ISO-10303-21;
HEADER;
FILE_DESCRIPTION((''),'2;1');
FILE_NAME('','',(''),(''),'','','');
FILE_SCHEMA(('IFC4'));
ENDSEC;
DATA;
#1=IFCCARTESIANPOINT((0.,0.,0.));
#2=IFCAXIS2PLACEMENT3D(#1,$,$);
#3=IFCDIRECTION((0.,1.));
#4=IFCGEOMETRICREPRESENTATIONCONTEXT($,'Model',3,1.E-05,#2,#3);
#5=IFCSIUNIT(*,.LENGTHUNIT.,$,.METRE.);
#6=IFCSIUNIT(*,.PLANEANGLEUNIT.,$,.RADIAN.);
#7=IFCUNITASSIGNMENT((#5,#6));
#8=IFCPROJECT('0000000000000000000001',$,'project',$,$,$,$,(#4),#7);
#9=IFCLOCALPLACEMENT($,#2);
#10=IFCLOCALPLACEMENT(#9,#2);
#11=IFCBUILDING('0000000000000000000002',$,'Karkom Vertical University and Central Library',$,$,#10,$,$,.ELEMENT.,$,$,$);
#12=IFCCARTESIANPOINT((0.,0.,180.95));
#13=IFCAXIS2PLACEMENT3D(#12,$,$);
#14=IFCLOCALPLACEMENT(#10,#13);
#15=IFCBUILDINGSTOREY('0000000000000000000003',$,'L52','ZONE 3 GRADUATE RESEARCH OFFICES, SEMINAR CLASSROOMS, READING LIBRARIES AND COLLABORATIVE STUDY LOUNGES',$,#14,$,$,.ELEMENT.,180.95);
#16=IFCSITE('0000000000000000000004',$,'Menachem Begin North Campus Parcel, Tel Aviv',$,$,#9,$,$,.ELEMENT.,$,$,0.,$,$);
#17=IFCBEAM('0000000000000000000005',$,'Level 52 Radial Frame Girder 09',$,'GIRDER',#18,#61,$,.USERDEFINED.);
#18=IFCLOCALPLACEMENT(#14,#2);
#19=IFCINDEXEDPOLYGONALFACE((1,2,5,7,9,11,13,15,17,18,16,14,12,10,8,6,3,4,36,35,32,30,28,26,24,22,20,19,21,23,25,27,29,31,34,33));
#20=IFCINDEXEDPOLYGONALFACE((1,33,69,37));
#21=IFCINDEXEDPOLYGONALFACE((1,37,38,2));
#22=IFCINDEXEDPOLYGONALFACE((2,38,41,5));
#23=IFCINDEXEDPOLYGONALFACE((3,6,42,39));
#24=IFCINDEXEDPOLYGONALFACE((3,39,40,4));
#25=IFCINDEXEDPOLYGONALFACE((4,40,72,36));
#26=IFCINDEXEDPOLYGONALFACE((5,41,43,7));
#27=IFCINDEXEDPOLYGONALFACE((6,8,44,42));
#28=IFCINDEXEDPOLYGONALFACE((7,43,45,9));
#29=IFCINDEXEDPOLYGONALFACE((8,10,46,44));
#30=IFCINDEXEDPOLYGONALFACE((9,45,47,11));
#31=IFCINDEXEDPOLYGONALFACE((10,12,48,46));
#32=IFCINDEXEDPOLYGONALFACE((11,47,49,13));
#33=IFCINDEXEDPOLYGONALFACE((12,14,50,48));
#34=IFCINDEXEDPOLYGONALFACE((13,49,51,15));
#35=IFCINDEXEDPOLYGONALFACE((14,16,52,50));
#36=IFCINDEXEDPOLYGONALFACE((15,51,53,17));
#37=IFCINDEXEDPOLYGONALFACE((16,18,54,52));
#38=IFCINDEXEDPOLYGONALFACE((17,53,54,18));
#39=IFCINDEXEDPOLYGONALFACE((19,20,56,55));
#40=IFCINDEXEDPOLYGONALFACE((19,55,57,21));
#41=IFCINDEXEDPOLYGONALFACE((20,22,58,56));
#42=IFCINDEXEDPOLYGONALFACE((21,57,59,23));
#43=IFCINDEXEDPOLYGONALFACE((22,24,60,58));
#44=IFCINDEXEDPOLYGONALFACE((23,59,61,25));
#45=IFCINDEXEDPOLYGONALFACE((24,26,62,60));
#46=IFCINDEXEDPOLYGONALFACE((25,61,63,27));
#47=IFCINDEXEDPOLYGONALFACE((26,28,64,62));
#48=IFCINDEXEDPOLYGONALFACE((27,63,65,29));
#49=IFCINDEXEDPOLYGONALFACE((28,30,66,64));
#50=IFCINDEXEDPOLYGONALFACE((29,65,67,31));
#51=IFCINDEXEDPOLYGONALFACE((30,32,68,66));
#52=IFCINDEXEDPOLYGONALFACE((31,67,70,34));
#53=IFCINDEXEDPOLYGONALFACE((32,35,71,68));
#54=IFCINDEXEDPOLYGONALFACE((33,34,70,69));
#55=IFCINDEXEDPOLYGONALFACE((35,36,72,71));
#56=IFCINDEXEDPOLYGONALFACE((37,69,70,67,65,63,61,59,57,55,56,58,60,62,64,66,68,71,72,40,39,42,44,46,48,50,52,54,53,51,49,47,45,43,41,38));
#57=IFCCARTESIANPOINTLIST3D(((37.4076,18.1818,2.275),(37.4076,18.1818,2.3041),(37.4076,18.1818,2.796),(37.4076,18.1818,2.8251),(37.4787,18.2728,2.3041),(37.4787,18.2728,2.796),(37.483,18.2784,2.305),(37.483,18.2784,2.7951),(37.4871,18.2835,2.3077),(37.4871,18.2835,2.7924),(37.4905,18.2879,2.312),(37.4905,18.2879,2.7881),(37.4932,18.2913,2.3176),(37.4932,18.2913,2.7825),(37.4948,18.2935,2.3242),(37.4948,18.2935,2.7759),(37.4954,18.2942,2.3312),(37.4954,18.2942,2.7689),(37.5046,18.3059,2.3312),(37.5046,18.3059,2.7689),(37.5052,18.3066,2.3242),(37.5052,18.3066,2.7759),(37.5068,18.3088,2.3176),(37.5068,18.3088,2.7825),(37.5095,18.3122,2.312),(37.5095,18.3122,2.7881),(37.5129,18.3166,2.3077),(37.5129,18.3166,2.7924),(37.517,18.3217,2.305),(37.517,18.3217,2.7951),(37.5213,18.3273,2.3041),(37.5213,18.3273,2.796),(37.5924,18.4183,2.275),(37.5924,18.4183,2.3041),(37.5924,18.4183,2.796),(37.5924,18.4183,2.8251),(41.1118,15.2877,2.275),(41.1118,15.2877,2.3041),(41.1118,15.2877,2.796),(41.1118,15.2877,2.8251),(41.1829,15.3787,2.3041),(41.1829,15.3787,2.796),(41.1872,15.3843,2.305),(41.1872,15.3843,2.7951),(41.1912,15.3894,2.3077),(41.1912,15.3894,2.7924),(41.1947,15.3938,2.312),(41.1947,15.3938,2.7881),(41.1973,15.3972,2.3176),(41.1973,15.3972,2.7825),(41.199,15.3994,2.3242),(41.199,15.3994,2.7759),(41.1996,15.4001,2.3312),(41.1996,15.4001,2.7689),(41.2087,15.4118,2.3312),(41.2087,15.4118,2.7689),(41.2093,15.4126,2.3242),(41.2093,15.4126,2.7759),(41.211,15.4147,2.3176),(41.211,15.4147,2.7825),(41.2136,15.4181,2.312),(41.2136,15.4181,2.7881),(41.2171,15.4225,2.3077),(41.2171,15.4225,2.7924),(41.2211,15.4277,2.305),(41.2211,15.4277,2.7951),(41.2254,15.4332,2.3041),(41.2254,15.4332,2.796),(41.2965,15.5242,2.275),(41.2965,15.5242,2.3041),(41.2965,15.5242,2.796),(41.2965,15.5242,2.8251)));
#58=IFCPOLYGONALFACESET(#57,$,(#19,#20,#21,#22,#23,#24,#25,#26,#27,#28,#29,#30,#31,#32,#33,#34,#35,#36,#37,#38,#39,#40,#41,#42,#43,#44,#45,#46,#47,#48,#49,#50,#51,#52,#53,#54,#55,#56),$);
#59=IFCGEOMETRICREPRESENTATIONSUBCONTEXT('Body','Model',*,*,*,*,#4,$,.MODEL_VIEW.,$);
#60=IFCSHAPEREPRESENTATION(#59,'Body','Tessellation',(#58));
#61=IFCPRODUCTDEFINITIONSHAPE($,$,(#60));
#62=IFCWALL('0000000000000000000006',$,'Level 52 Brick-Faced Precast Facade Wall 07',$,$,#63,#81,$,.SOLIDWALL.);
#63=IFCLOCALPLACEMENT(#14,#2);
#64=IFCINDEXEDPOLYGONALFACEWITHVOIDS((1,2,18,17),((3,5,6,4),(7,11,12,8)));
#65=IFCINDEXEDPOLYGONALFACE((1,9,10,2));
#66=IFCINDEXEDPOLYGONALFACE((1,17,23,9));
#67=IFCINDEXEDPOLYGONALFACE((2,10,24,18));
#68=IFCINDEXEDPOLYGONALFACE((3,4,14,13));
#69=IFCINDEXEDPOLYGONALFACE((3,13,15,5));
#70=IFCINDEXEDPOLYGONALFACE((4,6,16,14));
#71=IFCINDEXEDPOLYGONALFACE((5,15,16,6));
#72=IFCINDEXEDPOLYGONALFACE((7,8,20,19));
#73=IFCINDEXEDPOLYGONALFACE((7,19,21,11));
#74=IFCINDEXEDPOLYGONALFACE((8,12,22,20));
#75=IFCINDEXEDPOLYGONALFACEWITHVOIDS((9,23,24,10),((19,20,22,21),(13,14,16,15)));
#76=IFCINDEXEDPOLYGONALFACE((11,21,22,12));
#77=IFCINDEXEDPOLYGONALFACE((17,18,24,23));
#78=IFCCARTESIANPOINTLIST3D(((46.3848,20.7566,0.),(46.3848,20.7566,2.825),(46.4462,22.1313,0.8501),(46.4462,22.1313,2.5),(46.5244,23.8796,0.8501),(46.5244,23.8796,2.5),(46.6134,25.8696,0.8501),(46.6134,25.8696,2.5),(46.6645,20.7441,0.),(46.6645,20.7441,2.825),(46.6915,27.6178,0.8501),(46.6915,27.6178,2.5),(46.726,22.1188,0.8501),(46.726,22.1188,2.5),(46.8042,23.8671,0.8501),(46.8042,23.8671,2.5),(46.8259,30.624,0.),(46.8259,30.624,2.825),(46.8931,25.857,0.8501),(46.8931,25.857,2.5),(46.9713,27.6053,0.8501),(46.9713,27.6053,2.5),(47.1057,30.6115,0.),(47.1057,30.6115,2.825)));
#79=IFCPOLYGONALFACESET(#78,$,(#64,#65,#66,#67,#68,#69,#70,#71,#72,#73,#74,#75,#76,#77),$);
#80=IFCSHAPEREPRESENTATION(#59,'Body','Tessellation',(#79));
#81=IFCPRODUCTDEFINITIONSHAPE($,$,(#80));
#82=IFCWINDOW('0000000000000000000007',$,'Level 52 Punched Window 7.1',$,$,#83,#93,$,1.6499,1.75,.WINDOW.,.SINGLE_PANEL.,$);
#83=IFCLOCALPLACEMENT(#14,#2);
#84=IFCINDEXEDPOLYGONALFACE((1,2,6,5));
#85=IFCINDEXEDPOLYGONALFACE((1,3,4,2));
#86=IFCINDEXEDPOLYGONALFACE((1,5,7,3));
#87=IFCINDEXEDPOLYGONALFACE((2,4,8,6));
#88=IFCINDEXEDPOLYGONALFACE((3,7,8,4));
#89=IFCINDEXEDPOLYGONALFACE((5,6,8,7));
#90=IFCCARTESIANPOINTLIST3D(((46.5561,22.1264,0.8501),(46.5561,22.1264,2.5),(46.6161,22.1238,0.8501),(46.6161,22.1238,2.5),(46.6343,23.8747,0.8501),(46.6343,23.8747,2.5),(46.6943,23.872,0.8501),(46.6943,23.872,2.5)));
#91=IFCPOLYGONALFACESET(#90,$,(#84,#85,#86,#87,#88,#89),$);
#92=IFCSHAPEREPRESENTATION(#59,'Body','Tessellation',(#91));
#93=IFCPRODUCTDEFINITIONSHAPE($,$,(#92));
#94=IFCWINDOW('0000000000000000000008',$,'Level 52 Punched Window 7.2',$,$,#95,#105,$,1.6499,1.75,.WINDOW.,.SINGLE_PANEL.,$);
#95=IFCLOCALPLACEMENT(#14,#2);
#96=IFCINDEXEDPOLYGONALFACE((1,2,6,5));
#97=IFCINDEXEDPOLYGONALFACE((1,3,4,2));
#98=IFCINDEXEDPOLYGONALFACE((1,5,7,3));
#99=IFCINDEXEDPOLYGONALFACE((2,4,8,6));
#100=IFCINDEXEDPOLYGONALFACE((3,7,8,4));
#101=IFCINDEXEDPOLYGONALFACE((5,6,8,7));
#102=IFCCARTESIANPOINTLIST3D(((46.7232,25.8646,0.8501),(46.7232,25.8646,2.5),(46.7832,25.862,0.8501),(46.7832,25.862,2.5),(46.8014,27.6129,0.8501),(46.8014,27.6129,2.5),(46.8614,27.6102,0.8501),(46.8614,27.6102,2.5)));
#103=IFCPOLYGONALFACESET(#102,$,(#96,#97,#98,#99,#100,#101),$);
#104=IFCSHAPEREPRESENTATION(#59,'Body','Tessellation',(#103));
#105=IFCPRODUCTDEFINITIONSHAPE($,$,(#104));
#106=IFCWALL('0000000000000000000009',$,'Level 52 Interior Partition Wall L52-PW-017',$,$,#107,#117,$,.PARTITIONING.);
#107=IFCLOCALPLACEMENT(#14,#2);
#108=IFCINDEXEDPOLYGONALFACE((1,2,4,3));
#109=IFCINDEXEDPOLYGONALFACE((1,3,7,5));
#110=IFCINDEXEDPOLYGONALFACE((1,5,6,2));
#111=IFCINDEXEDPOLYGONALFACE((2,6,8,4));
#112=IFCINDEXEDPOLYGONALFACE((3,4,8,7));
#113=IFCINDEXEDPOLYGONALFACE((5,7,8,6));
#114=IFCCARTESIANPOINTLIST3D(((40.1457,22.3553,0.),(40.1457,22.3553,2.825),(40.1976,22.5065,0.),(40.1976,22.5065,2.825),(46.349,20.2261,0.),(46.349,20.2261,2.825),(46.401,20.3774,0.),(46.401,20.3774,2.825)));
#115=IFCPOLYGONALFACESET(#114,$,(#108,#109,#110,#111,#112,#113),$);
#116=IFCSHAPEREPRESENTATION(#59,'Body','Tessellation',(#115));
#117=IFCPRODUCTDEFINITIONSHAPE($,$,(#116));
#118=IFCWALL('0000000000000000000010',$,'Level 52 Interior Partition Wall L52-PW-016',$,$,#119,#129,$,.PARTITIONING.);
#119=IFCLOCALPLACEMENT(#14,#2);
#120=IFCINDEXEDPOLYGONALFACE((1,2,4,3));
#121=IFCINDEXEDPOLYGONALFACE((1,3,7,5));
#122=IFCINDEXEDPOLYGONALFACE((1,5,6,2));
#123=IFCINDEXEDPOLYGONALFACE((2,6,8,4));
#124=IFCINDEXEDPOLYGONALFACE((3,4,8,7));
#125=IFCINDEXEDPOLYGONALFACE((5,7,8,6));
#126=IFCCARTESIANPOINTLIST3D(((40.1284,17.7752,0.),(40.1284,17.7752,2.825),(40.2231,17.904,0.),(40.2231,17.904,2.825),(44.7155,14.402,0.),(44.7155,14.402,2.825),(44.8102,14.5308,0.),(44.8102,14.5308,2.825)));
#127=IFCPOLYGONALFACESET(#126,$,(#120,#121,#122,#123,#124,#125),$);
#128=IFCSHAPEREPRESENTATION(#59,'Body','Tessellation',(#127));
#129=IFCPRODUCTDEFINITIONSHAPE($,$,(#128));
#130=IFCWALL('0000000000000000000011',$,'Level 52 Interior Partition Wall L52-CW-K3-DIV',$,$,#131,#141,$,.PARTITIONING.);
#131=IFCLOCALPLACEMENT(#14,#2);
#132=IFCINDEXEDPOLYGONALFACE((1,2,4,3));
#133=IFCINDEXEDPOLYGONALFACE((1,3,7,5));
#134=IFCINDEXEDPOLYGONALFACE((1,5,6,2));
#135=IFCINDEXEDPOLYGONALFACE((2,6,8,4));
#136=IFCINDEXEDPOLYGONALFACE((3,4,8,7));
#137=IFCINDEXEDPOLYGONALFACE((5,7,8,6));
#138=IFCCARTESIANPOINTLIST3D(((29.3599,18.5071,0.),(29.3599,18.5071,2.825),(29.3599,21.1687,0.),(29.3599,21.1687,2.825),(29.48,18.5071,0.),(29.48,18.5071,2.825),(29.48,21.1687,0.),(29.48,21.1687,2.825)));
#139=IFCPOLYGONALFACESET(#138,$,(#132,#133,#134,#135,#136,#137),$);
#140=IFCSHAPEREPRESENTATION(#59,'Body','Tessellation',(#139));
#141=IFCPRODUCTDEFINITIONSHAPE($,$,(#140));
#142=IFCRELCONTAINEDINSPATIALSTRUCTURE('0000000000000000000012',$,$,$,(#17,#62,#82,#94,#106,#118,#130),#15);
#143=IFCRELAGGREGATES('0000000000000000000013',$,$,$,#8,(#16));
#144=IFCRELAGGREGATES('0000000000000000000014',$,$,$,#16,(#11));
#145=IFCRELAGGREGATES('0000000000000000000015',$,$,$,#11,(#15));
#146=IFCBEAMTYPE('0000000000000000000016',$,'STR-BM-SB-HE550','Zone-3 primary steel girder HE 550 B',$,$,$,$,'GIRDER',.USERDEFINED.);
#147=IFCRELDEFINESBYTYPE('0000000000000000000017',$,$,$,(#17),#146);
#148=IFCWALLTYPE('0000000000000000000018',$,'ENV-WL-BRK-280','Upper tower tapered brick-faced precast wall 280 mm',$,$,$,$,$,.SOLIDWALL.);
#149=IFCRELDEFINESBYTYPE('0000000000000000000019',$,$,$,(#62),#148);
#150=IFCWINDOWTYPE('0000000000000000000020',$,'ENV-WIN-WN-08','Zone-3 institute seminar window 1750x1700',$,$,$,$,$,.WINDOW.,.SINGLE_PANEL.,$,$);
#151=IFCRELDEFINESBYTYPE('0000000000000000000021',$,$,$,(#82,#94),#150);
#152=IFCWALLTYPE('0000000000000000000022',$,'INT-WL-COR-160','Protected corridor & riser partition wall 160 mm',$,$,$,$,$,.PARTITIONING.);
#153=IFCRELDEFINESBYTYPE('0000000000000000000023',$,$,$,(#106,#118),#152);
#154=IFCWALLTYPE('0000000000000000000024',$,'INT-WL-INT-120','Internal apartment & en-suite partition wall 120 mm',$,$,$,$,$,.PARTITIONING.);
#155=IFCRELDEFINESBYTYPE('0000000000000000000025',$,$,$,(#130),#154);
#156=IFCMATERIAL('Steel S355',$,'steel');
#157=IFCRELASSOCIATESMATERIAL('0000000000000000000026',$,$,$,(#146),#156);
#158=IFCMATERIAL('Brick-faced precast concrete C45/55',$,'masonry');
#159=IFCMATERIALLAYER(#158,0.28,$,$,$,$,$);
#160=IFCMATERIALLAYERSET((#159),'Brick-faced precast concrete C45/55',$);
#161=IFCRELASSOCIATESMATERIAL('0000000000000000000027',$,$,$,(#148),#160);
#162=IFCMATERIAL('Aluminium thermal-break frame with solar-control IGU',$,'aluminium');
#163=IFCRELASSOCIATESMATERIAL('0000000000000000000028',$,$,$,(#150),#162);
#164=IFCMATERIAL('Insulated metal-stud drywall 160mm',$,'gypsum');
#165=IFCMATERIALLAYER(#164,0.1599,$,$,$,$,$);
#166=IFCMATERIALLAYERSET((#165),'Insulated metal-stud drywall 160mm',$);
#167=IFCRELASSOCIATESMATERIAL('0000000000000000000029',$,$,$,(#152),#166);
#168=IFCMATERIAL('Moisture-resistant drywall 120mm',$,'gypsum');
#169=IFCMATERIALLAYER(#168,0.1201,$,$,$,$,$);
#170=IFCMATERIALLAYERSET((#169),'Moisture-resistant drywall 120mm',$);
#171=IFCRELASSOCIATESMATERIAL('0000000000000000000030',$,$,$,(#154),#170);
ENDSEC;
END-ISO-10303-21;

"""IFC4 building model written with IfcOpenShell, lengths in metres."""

from ifc_helpers import new_model, si_unit, direction, frame, frame_2d, origin, origin_with_axes, origin_2d, place, context, subcontext, project, spatial, rectangle, i_section, extrude, source, transform, mapped, material, layer, layer_set, material_profile, profile_set, type_object, element, fill, save


model = new_model("IFC4")

# Units and contexts
model_context = context("Model", 3, precision=1e-05, world=origin(), true_north=direction((0.0, 1.0)))
body_context = subcontext(model_context, "Body", "Model", "MODEL_VIEW")
ifc_project = project(units=[si_unit("LENGTHUNIT", "METRE"), si_unit("PLANEANGLEUNIT", "RADIAN")], contexts=[model_context])

# Site, building, storey
site_placement = place(None, origin())
site = spatial("IfcSite", under=ifc_project, at=site_placement, Name="Menachem Begin North Campus Parcel, Tel Aviv", CompositionType="ELEMENT", RefElevation=0.0)
building_placement = place(site_placement, origin())
building = spatial("IfcBuilding", under=site, at=building_placement, Name="Karkom Vertical University and Central Library", CompositionType="ELEMENT")
storey_placement = place(building_placement, frame((0.0, 0.0, 180.95)))
storey = spatial("IfcBuildingStorey", under=building, at=storey_placement, Name="L52", Description="ZONE 3 GRADUATE RESEARCH OFFICES, SEMINAR CLASSROOMS, READING LIBRARIES AND COLLABORATIVE STUDY LOUNGES", CompositionType="ELEMENT", Elevation=180.95)

# Beam
ifc_material_1 = material(Name="Steel S355", Category="steel")
ifc_material_profile_1 = material_profile(ifc_material_1, i_section(OverallWidth=0.3, OverallDepth=0.55, WebThickness=0.0149, FlangeThickness=0.0291, FilletRadius=0.0271, at=origin_2d()), Name="HE 550 B")
ifc_profile_set_1 = profile_set([ifc_material_profile_1], Name="Steel S355")
beam_type_1 = type_object("IfcBeamType", Name="STR-BM-SB-HE550", Description="Zone-3 primary steel girder HE 550 B", ElementType="GIRDER", PredefinedType="USERDEFINED", material=ifc_profile_set_1)
shared_shape_1 = source(origin_with_axes(), body_context, "Body", "SweptSolid", [
    extrude(i_section(OverallWidth=0.3, OverallDepth=0.55, WebThickness=0.0149, FlangeThickness=0.0291, FilletRadius=0.0271, at=origin_2d()), origin(), (0.0, 0.0, 1.0), 4.7007),
])
beam_1_placement = place(storey_placement, frame((37.5, 18.3, 2.55), z_axis=(0.788002, -0.615672, 0.0), x_axis=(0.615672, 0.788002, 0.0)))
element("IfcBeam", 1, at=beam_1_placement, inside=storey, type_object=beam_type_1, Name="Level 52 Radial Frame Girder 09", ObjectType="GIRDER", PredefinedType="USERDEFINED", context=body_context, shape_type="MappedRepresentation", body=[
    mapped(shared_shape_1, transform((0.0, 0.0, 0.0), scale=1.0)),
])

# Wall, openings, windows
ifc_material_2 = material(Name="Brick-faced precast concrete C45/55", Category="masonry")
ifc_layer_1 = layer(ifc_material_2, 0.28)
ifc_layer_set_1 = layer_set([ifc_layer_1], Name="Brick-faced precast concrete C45/55")
wall_type_1 = type_object("IfcWallType", Name="ENV-WL-BRK-280", Description="Upper tower tapered brick-faced precast wall 280 mm", PredefinedType="SOLIDWALL", material=ifc_layer_set_1)
wall_1_placement = place(storey_placement, frame((46.5247, 20.7505, 0.0), z_axis=(0.0, 0.0, 1.0), x_axis=(0.044664, 0.999002, 0.0)))
wall_1 = element("IfcWall", 2, at=wall_1_placement, inside=storey, type_object=wall_type_1, Name="Level 52 Brick-Faced Precast Facade Wall 07", PredefinedType="SOLIDWALL", context=body_context, shape_type="SweptSolid", body=[
    extrude(rectangle(XDim=9.8772, YDim=0.28, at=frame_2d((4.9385, 0.0))), origin(), (0.0, 0.0, 1.0), 2.825),
])
opening_1_placement = place(wall_1_placement, frame((1.376, 0.0, 0.8501)))
opening_1 = element("IfcOpeningElement", 3, at=opening_1_placement, cuts=wall_1, PredefinedType="OPENING", context=body_context, shape_type="SweptSolid", body=[
    extrude(rectangle(XDim=1.75, YDim=1.6499, at=frame_2d((0.875, 0.825))), frame((0.0, 0.1499, 0.0), z_axis=(0.0, -1.0, 0.0), x_axis=(1.0, 0.0, 0.0)), (0.0, 0.0, 1.0), 0.3),
])
opening_2_placement = place(wall_1_placement, frame((5.1179, 0.0, 0.8501)))
opening_2 = element("IfcOpeningElement", 4, at=opening_2_placement, cuts=wall_1, PredefinedType="OPENING", context=body_context, shape_type="SweptSolid", body=[
    extrude(rectangle(XDim=1.75, YDim=1.6499, at=frame_2d((0.875, 0.825))), frame((0.0, 0.1499, 0.0), z_axis=(0.0, -1.0, 0.0), x_axis=(1.0, 0.0, 0.0)), (0.0, 0.0, 1.0), 0.3),
])
ifc_material_3 = material(Name="Aluminium thermal-break frame with solar-control IGU", Category="aluminium")
window_type = type_object("IfcWindowType", Name="ENV-WIN-WN-08", Description="Zone-3 institute seminar window 1750x1700", PartitioningType="SINGLE_PANEL", PredefinedType="WINDOW", material=ifc_material_3)
shared_shape_2 = source(origin_with_axes(), body_context, "Body", "SweptSolid", [
    extrude(rectangle(XDim=1.75, YDim=1.6499, at=frame_2d((0.875, 0.825))), frame((0.0, 0.03, 0.0), z_axis=(0.0, -1.0, 0.0), x_axis=(1.0, 0.0, 0.0)), (0.0, 0.0, 1.0), 0.0601),
])
window_1_placement = place(opening_1_placement, origin())
window_1 = element("IfcWindow", 5, at=window_1_placement, inside=storey, type_object=window_type, Name="Level 52 Punched Window 7.1", OverallHeight=1.6499, OverallWidth=1.75, PartitioningType="SINGLE_PANEL", PredefinedType="WINDOW", context=body_context, shape_type="MappedRepresentation", body=[
    mapped(shared_shape_2, transform((0.0, 0.0, 0.0), scale=1.0)),
])
fill(opening_1, window_1)
window_2_placement = place(opening_2_placement, origin())
window_2 = element("IfcWindow", 6, at=window_2_placement, inside=storey, type_object=window_type, Name="Level 52 Punched Window 7.2", OverallHeight=1.6499, OverallWidth=1.75, PartitioningType="SINGLE_PANEL", PredefinedType="WINDOW", context=body_context, shape_type="MappedRepresentation", body=[
    mapped(shared_shape_2, transform((0.0, 0.0, 0.0), scale=1.0)),
])
fill(opening_2, window_2)

# Walls
ifc_material_4 = material(Name="Insulated metal-stud drywall 160mm", Category="gypsum")
ifc_layer_2 = layer(ifc_material_4, 0.1599)
ifc_layer_set_2 = layer_set([ifc_layer_2], Name="Insulated metal-stud drywall 160mm")
wall_type_2 = type_object("IfcWallType", Name="INT-WL-COR-160", Description="Protected corridor & riser partition wall 160 mm", PredefinedType="PARTITIONING", material=ifc_layer_set_2)
wall_2_placement = place(storey_placement, frame((40.1716, 22.4309, 0.0), z_axis=(0.0, 0.0, 1.0), x_axis=(0.945839, -0.324636, 0.0)))
element("IfcWall", 7, at=wall_2_placement, inside=storey, type_object=wall_type_2, Name="Level 52 Interior Partition Wall L52-PW-017", PredefinedType="PARTITIONING", context=body_context, shape_type="SweptSolid", body=[
    extrude(rectangle(XDim=6.5586, YDim=0.1599, at=frame_2d((3.2793, 0.0))), origin(), (0.0, 0.0, 1.0), 2.825),
])
wall_3_placement = place(storey_placement, frame((40.1758, 17.8396, 0.0), z_axis=(0.0, 0.0, 1.0), x_axis=(0.805619, -0.592434, 0.0)))
element("IfcWall", 8, at=wall_3_placement, inside=storey, type_object=wall_type_2, Name="Level 52 Interior Partition Wall L52-PW-016", PredefinedType="PARTITIONING", context=body_context, shape_type="SweptSolid", body=[
    extrude(rectangle(XDim=5.6938, YDim=0.1599, at=frame_2d((2.8469, 0.0))), origin(), (0.0, 0.0, 1.0), 2.825),
])
ifc_material_5 = material(Name="Moisture-resistant drywall 120mm", Category="gypsum")
ifc_layer_3 = layer(ifc_material_5, 0.1201)
ifc_layer_set_3 = layer_set([ifc_layer_3], Name="Moisture-resistant drywall 120mm")
wall_type_3 = type_object("IfcWallType", Name="INT-WL-INT-120", Description="Internal apartment & en-suite partition wall 120 mm", PredefinedType="PARTITIONING", material=ifc_layer_set_3)
wall_4_placement = place(storey_placement, frame((29.4199, 18.5071, 0.0), z_axis=(0.0, 0.0, 1.0), x_axis=(0.0, 1.0, 0.0)))
element("IfcWall", 9, at=wall_4_placement, inside=storey, type_object=wall_type_3, Name="Level 52 Interior Partition Wall L52-CW-K3-DIV", PredefinedType="PARTITIONING", context=body_context, shape_type="SweptSolid", body=[
    extrude(rectangle(XDim=2.6616, YDim=0.1201, at=frame_2d((1.3308, 0.0))), origin(), (0.0, 0.0, 1.0), 2.825),
])

save(model, "model.ifc")
